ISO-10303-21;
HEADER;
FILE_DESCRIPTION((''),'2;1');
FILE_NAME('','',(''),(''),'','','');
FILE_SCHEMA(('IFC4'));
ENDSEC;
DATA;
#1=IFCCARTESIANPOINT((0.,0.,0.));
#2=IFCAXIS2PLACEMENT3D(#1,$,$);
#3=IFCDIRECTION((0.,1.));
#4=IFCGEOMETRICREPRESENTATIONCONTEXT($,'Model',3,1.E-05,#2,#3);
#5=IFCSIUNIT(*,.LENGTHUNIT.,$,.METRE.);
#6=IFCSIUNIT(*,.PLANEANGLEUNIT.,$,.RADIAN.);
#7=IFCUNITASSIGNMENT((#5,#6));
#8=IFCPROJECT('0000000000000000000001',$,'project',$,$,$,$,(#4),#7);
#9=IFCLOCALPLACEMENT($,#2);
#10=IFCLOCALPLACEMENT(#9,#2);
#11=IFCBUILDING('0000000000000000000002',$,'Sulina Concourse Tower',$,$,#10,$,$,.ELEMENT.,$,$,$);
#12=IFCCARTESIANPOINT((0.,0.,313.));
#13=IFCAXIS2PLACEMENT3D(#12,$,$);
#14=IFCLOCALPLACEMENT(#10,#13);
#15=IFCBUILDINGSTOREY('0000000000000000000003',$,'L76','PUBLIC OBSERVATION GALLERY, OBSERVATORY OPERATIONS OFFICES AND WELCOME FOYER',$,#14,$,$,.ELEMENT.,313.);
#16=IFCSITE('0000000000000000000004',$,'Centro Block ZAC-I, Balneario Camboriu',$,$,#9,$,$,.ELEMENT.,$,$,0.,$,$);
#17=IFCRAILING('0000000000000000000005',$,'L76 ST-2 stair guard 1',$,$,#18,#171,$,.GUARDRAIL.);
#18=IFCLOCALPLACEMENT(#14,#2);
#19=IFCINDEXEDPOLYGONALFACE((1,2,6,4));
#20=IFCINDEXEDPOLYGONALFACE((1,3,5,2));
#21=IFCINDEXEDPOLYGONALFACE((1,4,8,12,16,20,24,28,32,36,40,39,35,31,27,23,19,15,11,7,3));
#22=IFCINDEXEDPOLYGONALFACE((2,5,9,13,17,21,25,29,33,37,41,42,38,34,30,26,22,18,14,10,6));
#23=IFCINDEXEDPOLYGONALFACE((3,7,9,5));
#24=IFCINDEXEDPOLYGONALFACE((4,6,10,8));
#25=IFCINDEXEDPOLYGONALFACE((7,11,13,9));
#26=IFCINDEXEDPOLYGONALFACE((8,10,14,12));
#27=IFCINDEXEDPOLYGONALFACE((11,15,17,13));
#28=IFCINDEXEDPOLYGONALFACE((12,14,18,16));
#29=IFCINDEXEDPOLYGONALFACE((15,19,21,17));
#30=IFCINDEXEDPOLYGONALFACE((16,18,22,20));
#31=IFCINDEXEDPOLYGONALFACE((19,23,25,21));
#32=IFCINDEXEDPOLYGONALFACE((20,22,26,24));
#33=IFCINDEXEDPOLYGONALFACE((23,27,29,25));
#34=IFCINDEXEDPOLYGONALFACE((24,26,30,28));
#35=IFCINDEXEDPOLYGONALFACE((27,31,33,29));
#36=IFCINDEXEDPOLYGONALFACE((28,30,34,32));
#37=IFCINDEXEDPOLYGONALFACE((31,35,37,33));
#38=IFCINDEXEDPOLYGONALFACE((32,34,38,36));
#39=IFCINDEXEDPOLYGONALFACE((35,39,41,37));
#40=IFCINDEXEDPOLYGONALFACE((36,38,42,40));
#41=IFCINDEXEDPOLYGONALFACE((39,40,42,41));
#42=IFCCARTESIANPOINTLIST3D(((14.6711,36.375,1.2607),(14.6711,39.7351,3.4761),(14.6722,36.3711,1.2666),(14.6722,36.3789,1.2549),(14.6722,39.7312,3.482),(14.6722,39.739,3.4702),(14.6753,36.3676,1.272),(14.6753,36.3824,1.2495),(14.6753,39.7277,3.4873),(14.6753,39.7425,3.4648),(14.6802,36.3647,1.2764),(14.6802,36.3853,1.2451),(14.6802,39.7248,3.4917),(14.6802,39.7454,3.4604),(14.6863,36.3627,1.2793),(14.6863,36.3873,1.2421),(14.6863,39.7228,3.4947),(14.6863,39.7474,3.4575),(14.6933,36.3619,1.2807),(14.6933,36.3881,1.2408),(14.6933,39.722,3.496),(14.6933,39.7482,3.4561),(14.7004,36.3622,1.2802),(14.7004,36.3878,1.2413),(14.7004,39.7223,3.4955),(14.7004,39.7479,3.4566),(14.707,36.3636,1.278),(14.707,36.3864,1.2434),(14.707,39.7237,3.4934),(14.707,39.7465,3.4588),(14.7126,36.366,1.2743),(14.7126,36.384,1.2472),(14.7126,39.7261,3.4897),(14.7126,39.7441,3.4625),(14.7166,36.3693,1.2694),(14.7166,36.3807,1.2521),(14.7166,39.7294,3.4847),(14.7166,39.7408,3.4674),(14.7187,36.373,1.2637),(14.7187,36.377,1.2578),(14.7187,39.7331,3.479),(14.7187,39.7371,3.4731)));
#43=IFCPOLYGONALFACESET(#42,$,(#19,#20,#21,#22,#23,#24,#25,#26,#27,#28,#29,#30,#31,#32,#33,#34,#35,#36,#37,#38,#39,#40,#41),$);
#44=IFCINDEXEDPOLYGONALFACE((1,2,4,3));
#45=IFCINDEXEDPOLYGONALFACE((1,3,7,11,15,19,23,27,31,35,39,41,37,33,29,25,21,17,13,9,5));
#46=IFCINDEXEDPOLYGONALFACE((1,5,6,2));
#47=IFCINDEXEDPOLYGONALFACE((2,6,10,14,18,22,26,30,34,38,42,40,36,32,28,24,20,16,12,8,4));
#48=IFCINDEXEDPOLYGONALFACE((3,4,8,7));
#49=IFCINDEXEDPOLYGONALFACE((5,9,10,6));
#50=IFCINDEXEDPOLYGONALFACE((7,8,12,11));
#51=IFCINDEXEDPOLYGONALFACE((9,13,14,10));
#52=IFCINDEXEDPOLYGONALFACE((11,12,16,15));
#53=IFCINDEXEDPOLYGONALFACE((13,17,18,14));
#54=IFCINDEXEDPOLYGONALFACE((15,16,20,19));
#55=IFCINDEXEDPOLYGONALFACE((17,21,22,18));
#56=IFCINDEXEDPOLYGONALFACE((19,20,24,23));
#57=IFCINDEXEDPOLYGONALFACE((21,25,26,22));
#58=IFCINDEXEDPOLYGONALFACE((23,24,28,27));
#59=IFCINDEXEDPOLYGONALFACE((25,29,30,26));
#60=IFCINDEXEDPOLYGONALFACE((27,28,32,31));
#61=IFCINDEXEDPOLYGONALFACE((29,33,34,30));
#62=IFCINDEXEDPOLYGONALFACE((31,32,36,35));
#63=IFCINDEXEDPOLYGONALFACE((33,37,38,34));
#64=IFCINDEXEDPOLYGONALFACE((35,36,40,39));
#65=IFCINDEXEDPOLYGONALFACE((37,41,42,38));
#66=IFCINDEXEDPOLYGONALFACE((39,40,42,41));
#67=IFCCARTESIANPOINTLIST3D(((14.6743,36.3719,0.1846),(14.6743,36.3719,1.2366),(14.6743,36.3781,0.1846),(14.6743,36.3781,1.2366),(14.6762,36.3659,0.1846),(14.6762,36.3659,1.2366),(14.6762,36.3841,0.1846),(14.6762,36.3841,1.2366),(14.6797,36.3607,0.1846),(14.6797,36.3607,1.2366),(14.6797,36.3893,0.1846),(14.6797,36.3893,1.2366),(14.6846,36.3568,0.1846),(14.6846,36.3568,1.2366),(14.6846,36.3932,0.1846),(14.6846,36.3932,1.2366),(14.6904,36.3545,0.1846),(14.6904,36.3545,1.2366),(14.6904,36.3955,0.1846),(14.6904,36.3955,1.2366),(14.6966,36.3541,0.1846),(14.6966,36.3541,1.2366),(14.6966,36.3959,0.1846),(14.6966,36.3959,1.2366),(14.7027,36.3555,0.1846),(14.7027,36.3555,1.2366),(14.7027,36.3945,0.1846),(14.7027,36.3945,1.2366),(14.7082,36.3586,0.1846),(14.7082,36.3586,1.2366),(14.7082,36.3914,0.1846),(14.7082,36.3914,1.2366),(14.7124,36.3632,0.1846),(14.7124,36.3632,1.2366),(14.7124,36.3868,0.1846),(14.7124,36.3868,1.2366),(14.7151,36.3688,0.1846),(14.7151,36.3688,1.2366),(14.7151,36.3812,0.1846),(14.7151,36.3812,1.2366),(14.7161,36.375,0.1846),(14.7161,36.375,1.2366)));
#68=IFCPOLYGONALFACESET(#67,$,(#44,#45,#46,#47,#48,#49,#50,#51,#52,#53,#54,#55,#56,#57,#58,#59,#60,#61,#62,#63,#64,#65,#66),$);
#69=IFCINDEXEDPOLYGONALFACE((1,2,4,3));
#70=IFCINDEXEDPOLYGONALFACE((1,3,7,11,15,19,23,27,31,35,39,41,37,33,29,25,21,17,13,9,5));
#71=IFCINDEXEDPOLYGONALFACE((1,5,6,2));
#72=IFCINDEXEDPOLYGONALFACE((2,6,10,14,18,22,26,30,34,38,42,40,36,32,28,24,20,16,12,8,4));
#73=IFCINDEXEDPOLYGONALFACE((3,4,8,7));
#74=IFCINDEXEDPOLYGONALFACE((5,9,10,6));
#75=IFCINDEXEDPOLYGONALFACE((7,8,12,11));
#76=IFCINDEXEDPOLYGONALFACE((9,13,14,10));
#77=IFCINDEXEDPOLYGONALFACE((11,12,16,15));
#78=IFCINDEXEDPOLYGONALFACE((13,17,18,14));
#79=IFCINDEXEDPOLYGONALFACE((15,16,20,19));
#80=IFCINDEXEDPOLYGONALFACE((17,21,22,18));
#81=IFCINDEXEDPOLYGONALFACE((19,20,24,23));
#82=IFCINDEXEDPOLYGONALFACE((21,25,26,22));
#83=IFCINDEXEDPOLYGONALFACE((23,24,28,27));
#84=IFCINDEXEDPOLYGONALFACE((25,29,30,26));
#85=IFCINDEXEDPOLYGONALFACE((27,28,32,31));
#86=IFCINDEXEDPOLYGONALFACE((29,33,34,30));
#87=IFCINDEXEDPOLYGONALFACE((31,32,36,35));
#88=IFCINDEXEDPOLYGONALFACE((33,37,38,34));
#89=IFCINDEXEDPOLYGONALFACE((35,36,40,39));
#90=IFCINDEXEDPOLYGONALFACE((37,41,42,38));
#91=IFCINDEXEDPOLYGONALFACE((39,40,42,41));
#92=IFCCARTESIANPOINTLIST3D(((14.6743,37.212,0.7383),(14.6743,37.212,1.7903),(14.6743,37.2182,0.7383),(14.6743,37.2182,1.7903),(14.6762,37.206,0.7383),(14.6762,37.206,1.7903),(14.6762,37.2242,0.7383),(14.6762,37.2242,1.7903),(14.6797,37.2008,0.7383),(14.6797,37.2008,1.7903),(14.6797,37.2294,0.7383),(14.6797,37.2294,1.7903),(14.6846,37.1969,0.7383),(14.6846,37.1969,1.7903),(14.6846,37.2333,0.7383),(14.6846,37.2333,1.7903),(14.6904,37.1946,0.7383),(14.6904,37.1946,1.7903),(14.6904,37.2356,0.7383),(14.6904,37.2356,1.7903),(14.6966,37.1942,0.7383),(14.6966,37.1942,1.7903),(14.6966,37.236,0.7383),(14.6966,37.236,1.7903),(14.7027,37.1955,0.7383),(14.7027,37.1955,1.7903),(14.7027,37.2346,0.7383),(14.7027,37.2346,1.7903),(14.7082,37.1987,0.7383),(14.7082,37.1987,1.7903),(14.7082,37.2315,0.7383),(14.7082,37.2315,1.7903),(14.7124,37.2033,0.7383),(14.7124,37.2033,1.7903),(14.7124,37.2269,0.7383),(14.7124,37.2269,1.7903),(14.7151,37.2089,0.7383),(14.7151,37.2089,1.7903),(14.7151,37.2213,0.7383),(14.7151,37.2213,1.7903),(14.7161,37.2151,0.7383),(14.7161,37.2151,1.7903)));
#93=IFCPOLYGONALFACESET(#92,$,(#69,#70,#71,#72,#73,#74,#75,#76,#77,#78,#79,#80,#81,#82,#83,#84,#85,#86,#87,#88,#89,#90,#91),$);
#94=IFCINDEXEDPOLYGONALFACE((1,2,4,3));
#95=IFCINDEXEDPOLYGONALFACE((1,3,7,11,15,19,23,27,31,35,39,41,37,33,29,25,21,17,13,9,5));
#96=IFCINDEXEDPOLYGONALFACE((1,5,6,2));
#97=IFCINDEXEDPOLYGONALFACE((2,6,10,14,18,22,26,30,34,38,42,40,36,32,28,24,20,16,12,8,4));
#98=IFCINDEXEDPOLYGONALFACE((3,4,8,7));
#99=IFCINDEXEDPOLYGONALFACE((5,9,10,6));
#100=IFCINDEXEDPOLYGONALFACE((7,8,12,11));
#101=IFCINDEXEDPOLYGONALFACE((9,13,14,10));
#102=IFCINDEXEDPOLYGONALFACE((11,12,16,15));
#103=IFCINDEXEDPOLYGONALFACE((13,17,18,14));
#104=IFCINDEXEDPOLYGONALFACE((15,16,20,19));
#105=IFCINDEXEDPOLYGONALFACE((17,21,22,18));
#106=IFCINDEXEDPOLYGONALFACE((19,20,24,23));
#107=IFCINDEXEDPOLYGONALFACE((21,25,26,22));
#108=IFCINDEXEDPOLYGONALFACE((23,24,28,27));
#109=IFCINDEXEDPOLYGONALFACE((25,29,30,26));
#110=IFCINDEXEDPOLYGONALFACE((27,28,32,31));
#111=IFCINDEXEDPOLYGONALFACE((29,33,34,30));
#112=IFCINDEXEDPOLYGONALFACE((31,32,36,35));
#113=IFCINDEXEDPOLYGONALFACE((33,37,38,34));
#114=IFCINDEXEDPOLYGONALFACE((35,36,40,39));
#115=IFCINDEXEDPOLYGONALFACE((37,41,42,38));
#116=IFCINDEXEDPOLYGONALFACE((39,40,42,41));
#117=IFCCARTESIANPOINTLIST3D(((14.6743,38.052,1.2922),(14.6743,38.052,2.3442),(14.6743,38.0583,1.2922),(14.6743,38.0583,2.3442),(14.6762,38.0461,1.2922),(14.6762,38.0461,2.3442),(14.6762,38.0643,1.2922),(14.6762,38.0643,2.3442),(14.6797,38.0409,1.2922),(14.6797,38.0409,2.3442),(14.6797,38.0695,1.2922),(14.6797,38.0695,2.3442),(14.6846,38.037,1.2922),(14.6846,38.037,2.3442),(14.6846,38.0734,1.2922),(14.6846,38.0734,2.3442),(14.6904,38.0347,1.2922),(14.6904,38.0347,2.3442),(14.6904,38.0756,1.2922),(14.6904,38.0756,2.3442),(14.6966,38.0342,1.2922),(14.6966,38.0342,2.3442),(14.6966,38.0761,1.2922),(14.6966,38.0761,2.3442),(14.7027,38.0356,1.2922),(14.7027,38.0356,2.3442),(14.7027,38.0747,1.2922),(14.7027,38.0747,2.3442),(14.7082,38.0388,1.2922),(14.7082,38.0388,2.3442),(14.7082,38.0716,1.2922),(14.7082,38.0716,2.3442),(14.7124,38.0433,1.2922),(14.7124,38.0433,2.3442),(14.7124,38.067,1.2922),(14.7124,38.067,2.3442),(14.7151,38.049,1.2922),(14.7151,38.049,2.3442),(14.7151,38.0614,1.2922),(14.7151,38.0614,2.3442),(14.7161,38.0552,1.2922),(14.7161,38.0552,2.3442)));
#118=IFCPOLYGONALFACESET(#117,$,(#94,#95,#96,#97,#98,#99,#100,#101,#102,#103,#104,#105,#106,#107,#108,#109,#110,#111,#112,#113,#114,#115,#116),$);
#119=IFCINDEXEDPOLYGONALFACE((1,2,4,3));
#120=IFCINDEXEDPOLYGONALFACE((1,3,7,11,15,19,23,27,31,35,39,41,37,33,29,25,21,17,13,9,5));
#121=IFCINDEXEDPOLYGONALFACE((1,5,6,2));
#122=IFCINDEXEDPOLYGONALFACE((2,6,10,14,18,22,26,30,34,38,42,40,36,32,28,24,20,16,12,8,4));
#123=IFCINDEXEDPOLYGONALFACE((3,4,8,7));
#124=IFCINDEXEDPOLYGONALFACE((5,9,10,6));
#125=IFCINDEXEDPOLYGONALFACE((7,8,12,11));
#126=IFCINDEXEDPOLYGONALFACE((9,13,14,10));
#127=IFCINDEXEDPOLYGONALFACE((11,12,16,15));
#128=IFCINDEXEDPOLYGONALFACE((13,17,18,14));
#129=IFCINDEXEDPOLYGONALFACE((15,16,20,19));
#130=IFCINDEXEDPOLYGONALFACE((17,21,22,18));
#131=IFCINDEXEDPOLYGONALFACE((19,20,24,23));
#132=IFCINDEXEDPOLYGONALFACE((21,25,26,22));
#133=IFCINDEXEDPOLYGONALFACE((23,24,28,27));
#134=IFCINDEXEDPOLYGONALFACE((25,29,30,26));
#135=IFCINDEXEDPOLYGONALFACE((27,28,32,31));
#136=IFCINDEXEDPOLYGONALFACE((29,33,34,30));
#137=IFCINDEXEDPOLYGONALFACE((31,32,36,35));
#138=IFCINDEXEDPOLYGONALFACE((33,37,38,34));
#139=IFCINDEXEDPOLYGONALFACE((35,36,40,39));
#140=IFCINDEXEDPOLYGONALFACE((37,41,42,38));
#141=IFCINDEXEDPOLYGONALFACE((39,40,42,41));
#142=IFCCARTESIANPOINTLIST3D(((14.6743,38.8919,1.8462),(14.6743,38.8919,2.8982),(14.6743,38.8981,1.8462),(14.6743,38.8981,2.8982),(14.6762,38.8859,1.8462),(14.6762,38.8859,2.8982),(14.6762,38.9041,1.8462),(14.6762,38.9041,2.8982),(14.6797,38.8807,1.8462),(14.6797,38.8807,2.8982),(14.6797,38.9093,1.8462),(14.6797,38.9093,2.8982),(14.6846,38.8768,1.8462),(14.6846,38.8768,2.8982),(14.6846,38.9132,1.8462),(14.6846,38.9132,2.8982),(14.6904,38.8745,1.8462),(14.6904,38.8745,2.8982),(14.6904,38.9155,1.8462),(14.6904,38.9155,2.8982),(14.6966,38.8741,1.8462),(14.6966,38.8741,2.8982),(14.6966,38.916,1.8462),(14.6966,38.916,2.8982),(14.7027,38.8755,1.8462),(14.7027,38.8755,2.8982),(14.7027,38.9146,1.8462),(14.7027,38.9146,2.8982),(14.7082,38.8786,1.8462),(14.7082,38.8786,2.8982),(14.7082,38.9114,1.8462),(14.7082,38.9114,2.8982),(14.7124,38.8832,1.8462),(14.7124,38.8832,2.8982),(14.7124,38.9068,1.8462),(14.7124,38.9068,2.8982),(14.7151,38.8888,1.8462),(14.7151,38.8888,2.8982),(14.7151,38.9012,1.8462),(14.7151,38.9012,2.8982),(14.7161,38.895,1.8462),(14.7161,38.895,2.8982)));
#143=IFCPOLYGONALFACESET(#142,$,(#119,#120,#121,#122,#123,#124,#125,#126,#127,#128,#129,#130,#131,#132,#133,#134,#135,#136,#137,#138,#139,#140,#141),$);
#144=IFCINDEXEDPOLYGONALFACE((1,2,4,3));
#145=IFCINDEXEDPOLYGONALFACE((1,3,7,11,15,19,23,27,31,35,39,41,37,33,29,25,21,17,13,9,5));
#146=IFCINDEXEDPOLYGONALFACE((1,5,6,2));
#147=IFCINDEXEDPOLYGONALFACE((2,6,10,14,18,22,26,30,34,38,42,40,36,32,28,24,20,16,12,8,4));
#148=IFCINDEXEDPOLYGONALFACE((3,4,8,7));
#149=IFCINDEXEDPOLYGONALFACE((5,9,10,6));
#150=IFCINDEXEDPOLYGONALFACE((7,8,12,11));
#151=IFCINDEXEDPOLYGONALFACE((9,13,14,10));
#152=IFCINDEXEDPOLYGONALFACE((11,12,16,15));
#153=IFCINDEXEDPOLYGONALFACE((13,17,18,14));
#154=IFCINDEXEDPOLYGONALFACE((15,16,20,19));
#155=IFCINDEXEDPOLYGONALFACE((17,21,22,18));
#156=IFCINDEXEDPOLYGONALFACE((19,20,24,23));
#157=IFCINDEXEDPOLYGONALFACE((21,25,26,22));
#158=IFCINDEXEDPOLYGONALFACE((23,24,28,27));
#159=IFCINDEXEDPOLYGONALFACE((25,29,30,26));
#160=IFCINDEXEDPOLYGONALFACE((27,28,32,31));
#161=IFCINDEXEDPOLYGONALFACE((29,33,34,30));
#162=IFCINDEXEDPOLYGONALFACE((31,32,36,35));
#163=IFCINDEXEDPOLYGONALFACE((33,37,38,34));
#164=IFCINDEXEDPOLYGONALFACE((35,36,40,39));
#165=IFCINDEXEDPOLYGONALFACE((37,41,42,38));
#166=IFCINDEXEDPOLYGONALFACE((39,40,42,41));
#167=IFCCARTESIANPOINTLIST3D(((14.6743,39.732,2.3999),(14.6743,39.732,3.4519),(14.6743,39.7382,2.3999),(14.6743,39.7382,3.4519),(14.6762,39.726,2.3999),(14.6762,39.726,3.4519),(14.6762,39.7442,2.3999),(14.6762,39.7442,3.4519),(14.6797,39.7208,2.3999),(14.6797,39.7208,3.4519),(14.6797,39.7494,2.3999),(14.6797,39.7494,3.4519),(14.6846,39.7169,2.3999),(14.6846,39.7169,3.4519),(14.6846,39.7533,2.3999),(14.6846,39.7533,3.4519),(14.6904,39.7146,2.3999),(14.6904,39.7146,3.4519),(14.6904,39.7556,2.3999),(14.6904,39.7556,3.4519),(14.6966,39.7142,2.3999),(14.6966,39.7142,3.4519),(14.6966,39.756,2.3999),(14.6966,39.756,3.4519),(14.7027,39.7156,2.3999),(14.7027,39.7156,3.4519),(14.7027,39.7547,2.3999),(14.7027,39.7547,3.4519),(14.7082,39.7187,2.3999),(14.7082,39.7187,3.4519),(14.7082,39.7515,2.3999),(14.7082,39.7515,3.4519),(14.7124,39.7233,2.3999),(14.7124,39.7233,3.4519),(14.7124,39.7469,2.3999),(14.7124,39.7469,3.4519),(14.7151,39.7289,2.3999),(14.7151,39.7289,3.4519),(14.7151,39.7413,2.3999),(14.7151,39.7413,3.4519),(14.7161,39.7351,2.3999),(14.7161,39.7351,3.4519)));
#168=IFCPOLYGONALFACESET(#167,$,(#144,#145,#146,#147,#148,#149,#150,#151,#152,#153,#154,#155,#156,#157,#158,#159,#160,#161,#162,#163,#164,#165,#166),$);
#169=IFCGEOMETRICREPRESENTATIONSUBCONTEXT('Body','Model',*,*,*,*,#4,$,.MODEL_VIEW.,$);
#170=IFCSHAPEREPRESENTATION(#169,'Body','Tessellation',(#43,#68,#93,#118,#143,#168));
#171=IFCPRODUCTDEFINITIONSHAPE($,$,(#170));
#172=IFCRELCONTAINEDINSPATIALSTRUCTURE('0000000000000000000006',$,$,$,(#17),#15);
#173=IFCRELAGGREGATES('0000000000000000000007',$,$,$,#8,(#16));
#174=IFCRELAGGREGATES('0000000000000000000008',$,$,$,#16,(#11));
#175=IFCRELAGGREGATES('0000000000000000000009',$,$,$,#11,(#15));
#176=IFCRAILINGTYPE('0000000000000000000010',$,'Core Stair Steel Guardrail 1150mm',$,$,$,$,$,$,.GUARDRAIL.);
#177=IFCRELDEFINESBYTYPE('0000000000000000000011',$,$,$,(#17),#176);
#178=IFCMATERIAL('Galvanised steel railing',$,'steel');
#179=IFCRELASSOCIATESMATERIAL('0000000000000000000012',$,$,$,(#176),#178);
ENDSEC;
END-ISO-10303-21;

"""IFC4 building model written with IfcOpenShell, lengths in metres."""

from ifc_helpers import new_model, si_unit, direction, frame, origin, origin_2d, place, context, subcontext, project, spatial, circle, extrude, material, type_object, element, save


model = new_model("IFC4")

# Units and contexts
model_context = context("Model", 3, precision=1e-05, world=origin(), true_north=direction((0.0, 1.0)))
body_context = subcontext(model_context, "Body", "Model", "MODEL_VIEW")
ifc_project = project(units=[si_unit("LENGTHUNIT", "METRE"), si_unit("PLANEANGLEUNIT", "RADIAN")], contexts=[model_context])

# Site, building, storey
site_placement = place(None, origin())
site = spatial("IfcSite", under=ifc_project, at=site_placement, Name="Centro Block ZAC-I, Balneario Camboriu", CompositionType="ELEMENT", RefElevation=0.0)
building_placement = place(site_placement, origin())
building = spatial("IfcBuilding", under=site, at=building_placement, Name="Sulina Concourse Tower", CompositionType="ELEMENT")
storey_placement = place(building_placement, frame((0.0, 0.0, 313.0)))
storey = spatial("IfcBuildingStorey", under=building, at=storey_placement, Name="L76", Description="PUBLIC OBSERVATION GALLERY, OBSERVATORY OPERATIONS OFFICES AND WELCOME FOYER", CompositionType="ELEMENT", Elevation=313.0)

# Railing
ifc_material_1 = material(Name="Galvanised steel railing", Category="steel")
railing_type_1 = type_object("IfcRailingType", Name="Core Stair Steel Guardrail 1150mm", PredefinedType="GUARDRAIL", material=ifc_material_1)
railing_1_placement = place(storey_placement, frame((14.6951, 36.375, 0.1846)))
element("IfcRailing", 1, at=railing_1_placement, inside=storey, type_object=railing_type_1, Name="L76 ST-2 stair guard 1", PredefinedType="GUARDRAIL", context=body_context, shape_type="SweptSolid", body=[
    extrude(circle(Radius=0.0239, at=origin_2d()), frame((0.0, 0.0, 1.0762), z_axis=(0.0, 0.834876, 0.550437), x_axis=(-1.0, 0.0, 0.0)), (0.0, 0.0, 1.0), 4.0247),
    extrude(circle(Radius=0.021, at=origin_2d()), origin(), (0.0, 0.0, 1.0), 1.052),
    extrude(circle(Radius=0.021, at=origin_2d()), frame((0.0, 0.8401, 0.5537)), (0.0, 0.0, 1.0), 1.052),
    extrude(circle(Radius=0.021, at=origin_2d()), frame((0.0, 1.6802, 1.1077)), (0.0, 0.0, 1.0), 1.052),
    extrude(circle(Radius=0.021, at=origin_2d()), frame((0.0, 2.52, 1.6616)), (0.0, 0.0, 1.0), 1.052),
    extrude(circle(Radius=0.021, at=origin_2d()), frame((0.0, 3.3601, 2.2153)), (0.0, 0.0, 1.0), 1.052),
])

save(model, "model.ifc")
